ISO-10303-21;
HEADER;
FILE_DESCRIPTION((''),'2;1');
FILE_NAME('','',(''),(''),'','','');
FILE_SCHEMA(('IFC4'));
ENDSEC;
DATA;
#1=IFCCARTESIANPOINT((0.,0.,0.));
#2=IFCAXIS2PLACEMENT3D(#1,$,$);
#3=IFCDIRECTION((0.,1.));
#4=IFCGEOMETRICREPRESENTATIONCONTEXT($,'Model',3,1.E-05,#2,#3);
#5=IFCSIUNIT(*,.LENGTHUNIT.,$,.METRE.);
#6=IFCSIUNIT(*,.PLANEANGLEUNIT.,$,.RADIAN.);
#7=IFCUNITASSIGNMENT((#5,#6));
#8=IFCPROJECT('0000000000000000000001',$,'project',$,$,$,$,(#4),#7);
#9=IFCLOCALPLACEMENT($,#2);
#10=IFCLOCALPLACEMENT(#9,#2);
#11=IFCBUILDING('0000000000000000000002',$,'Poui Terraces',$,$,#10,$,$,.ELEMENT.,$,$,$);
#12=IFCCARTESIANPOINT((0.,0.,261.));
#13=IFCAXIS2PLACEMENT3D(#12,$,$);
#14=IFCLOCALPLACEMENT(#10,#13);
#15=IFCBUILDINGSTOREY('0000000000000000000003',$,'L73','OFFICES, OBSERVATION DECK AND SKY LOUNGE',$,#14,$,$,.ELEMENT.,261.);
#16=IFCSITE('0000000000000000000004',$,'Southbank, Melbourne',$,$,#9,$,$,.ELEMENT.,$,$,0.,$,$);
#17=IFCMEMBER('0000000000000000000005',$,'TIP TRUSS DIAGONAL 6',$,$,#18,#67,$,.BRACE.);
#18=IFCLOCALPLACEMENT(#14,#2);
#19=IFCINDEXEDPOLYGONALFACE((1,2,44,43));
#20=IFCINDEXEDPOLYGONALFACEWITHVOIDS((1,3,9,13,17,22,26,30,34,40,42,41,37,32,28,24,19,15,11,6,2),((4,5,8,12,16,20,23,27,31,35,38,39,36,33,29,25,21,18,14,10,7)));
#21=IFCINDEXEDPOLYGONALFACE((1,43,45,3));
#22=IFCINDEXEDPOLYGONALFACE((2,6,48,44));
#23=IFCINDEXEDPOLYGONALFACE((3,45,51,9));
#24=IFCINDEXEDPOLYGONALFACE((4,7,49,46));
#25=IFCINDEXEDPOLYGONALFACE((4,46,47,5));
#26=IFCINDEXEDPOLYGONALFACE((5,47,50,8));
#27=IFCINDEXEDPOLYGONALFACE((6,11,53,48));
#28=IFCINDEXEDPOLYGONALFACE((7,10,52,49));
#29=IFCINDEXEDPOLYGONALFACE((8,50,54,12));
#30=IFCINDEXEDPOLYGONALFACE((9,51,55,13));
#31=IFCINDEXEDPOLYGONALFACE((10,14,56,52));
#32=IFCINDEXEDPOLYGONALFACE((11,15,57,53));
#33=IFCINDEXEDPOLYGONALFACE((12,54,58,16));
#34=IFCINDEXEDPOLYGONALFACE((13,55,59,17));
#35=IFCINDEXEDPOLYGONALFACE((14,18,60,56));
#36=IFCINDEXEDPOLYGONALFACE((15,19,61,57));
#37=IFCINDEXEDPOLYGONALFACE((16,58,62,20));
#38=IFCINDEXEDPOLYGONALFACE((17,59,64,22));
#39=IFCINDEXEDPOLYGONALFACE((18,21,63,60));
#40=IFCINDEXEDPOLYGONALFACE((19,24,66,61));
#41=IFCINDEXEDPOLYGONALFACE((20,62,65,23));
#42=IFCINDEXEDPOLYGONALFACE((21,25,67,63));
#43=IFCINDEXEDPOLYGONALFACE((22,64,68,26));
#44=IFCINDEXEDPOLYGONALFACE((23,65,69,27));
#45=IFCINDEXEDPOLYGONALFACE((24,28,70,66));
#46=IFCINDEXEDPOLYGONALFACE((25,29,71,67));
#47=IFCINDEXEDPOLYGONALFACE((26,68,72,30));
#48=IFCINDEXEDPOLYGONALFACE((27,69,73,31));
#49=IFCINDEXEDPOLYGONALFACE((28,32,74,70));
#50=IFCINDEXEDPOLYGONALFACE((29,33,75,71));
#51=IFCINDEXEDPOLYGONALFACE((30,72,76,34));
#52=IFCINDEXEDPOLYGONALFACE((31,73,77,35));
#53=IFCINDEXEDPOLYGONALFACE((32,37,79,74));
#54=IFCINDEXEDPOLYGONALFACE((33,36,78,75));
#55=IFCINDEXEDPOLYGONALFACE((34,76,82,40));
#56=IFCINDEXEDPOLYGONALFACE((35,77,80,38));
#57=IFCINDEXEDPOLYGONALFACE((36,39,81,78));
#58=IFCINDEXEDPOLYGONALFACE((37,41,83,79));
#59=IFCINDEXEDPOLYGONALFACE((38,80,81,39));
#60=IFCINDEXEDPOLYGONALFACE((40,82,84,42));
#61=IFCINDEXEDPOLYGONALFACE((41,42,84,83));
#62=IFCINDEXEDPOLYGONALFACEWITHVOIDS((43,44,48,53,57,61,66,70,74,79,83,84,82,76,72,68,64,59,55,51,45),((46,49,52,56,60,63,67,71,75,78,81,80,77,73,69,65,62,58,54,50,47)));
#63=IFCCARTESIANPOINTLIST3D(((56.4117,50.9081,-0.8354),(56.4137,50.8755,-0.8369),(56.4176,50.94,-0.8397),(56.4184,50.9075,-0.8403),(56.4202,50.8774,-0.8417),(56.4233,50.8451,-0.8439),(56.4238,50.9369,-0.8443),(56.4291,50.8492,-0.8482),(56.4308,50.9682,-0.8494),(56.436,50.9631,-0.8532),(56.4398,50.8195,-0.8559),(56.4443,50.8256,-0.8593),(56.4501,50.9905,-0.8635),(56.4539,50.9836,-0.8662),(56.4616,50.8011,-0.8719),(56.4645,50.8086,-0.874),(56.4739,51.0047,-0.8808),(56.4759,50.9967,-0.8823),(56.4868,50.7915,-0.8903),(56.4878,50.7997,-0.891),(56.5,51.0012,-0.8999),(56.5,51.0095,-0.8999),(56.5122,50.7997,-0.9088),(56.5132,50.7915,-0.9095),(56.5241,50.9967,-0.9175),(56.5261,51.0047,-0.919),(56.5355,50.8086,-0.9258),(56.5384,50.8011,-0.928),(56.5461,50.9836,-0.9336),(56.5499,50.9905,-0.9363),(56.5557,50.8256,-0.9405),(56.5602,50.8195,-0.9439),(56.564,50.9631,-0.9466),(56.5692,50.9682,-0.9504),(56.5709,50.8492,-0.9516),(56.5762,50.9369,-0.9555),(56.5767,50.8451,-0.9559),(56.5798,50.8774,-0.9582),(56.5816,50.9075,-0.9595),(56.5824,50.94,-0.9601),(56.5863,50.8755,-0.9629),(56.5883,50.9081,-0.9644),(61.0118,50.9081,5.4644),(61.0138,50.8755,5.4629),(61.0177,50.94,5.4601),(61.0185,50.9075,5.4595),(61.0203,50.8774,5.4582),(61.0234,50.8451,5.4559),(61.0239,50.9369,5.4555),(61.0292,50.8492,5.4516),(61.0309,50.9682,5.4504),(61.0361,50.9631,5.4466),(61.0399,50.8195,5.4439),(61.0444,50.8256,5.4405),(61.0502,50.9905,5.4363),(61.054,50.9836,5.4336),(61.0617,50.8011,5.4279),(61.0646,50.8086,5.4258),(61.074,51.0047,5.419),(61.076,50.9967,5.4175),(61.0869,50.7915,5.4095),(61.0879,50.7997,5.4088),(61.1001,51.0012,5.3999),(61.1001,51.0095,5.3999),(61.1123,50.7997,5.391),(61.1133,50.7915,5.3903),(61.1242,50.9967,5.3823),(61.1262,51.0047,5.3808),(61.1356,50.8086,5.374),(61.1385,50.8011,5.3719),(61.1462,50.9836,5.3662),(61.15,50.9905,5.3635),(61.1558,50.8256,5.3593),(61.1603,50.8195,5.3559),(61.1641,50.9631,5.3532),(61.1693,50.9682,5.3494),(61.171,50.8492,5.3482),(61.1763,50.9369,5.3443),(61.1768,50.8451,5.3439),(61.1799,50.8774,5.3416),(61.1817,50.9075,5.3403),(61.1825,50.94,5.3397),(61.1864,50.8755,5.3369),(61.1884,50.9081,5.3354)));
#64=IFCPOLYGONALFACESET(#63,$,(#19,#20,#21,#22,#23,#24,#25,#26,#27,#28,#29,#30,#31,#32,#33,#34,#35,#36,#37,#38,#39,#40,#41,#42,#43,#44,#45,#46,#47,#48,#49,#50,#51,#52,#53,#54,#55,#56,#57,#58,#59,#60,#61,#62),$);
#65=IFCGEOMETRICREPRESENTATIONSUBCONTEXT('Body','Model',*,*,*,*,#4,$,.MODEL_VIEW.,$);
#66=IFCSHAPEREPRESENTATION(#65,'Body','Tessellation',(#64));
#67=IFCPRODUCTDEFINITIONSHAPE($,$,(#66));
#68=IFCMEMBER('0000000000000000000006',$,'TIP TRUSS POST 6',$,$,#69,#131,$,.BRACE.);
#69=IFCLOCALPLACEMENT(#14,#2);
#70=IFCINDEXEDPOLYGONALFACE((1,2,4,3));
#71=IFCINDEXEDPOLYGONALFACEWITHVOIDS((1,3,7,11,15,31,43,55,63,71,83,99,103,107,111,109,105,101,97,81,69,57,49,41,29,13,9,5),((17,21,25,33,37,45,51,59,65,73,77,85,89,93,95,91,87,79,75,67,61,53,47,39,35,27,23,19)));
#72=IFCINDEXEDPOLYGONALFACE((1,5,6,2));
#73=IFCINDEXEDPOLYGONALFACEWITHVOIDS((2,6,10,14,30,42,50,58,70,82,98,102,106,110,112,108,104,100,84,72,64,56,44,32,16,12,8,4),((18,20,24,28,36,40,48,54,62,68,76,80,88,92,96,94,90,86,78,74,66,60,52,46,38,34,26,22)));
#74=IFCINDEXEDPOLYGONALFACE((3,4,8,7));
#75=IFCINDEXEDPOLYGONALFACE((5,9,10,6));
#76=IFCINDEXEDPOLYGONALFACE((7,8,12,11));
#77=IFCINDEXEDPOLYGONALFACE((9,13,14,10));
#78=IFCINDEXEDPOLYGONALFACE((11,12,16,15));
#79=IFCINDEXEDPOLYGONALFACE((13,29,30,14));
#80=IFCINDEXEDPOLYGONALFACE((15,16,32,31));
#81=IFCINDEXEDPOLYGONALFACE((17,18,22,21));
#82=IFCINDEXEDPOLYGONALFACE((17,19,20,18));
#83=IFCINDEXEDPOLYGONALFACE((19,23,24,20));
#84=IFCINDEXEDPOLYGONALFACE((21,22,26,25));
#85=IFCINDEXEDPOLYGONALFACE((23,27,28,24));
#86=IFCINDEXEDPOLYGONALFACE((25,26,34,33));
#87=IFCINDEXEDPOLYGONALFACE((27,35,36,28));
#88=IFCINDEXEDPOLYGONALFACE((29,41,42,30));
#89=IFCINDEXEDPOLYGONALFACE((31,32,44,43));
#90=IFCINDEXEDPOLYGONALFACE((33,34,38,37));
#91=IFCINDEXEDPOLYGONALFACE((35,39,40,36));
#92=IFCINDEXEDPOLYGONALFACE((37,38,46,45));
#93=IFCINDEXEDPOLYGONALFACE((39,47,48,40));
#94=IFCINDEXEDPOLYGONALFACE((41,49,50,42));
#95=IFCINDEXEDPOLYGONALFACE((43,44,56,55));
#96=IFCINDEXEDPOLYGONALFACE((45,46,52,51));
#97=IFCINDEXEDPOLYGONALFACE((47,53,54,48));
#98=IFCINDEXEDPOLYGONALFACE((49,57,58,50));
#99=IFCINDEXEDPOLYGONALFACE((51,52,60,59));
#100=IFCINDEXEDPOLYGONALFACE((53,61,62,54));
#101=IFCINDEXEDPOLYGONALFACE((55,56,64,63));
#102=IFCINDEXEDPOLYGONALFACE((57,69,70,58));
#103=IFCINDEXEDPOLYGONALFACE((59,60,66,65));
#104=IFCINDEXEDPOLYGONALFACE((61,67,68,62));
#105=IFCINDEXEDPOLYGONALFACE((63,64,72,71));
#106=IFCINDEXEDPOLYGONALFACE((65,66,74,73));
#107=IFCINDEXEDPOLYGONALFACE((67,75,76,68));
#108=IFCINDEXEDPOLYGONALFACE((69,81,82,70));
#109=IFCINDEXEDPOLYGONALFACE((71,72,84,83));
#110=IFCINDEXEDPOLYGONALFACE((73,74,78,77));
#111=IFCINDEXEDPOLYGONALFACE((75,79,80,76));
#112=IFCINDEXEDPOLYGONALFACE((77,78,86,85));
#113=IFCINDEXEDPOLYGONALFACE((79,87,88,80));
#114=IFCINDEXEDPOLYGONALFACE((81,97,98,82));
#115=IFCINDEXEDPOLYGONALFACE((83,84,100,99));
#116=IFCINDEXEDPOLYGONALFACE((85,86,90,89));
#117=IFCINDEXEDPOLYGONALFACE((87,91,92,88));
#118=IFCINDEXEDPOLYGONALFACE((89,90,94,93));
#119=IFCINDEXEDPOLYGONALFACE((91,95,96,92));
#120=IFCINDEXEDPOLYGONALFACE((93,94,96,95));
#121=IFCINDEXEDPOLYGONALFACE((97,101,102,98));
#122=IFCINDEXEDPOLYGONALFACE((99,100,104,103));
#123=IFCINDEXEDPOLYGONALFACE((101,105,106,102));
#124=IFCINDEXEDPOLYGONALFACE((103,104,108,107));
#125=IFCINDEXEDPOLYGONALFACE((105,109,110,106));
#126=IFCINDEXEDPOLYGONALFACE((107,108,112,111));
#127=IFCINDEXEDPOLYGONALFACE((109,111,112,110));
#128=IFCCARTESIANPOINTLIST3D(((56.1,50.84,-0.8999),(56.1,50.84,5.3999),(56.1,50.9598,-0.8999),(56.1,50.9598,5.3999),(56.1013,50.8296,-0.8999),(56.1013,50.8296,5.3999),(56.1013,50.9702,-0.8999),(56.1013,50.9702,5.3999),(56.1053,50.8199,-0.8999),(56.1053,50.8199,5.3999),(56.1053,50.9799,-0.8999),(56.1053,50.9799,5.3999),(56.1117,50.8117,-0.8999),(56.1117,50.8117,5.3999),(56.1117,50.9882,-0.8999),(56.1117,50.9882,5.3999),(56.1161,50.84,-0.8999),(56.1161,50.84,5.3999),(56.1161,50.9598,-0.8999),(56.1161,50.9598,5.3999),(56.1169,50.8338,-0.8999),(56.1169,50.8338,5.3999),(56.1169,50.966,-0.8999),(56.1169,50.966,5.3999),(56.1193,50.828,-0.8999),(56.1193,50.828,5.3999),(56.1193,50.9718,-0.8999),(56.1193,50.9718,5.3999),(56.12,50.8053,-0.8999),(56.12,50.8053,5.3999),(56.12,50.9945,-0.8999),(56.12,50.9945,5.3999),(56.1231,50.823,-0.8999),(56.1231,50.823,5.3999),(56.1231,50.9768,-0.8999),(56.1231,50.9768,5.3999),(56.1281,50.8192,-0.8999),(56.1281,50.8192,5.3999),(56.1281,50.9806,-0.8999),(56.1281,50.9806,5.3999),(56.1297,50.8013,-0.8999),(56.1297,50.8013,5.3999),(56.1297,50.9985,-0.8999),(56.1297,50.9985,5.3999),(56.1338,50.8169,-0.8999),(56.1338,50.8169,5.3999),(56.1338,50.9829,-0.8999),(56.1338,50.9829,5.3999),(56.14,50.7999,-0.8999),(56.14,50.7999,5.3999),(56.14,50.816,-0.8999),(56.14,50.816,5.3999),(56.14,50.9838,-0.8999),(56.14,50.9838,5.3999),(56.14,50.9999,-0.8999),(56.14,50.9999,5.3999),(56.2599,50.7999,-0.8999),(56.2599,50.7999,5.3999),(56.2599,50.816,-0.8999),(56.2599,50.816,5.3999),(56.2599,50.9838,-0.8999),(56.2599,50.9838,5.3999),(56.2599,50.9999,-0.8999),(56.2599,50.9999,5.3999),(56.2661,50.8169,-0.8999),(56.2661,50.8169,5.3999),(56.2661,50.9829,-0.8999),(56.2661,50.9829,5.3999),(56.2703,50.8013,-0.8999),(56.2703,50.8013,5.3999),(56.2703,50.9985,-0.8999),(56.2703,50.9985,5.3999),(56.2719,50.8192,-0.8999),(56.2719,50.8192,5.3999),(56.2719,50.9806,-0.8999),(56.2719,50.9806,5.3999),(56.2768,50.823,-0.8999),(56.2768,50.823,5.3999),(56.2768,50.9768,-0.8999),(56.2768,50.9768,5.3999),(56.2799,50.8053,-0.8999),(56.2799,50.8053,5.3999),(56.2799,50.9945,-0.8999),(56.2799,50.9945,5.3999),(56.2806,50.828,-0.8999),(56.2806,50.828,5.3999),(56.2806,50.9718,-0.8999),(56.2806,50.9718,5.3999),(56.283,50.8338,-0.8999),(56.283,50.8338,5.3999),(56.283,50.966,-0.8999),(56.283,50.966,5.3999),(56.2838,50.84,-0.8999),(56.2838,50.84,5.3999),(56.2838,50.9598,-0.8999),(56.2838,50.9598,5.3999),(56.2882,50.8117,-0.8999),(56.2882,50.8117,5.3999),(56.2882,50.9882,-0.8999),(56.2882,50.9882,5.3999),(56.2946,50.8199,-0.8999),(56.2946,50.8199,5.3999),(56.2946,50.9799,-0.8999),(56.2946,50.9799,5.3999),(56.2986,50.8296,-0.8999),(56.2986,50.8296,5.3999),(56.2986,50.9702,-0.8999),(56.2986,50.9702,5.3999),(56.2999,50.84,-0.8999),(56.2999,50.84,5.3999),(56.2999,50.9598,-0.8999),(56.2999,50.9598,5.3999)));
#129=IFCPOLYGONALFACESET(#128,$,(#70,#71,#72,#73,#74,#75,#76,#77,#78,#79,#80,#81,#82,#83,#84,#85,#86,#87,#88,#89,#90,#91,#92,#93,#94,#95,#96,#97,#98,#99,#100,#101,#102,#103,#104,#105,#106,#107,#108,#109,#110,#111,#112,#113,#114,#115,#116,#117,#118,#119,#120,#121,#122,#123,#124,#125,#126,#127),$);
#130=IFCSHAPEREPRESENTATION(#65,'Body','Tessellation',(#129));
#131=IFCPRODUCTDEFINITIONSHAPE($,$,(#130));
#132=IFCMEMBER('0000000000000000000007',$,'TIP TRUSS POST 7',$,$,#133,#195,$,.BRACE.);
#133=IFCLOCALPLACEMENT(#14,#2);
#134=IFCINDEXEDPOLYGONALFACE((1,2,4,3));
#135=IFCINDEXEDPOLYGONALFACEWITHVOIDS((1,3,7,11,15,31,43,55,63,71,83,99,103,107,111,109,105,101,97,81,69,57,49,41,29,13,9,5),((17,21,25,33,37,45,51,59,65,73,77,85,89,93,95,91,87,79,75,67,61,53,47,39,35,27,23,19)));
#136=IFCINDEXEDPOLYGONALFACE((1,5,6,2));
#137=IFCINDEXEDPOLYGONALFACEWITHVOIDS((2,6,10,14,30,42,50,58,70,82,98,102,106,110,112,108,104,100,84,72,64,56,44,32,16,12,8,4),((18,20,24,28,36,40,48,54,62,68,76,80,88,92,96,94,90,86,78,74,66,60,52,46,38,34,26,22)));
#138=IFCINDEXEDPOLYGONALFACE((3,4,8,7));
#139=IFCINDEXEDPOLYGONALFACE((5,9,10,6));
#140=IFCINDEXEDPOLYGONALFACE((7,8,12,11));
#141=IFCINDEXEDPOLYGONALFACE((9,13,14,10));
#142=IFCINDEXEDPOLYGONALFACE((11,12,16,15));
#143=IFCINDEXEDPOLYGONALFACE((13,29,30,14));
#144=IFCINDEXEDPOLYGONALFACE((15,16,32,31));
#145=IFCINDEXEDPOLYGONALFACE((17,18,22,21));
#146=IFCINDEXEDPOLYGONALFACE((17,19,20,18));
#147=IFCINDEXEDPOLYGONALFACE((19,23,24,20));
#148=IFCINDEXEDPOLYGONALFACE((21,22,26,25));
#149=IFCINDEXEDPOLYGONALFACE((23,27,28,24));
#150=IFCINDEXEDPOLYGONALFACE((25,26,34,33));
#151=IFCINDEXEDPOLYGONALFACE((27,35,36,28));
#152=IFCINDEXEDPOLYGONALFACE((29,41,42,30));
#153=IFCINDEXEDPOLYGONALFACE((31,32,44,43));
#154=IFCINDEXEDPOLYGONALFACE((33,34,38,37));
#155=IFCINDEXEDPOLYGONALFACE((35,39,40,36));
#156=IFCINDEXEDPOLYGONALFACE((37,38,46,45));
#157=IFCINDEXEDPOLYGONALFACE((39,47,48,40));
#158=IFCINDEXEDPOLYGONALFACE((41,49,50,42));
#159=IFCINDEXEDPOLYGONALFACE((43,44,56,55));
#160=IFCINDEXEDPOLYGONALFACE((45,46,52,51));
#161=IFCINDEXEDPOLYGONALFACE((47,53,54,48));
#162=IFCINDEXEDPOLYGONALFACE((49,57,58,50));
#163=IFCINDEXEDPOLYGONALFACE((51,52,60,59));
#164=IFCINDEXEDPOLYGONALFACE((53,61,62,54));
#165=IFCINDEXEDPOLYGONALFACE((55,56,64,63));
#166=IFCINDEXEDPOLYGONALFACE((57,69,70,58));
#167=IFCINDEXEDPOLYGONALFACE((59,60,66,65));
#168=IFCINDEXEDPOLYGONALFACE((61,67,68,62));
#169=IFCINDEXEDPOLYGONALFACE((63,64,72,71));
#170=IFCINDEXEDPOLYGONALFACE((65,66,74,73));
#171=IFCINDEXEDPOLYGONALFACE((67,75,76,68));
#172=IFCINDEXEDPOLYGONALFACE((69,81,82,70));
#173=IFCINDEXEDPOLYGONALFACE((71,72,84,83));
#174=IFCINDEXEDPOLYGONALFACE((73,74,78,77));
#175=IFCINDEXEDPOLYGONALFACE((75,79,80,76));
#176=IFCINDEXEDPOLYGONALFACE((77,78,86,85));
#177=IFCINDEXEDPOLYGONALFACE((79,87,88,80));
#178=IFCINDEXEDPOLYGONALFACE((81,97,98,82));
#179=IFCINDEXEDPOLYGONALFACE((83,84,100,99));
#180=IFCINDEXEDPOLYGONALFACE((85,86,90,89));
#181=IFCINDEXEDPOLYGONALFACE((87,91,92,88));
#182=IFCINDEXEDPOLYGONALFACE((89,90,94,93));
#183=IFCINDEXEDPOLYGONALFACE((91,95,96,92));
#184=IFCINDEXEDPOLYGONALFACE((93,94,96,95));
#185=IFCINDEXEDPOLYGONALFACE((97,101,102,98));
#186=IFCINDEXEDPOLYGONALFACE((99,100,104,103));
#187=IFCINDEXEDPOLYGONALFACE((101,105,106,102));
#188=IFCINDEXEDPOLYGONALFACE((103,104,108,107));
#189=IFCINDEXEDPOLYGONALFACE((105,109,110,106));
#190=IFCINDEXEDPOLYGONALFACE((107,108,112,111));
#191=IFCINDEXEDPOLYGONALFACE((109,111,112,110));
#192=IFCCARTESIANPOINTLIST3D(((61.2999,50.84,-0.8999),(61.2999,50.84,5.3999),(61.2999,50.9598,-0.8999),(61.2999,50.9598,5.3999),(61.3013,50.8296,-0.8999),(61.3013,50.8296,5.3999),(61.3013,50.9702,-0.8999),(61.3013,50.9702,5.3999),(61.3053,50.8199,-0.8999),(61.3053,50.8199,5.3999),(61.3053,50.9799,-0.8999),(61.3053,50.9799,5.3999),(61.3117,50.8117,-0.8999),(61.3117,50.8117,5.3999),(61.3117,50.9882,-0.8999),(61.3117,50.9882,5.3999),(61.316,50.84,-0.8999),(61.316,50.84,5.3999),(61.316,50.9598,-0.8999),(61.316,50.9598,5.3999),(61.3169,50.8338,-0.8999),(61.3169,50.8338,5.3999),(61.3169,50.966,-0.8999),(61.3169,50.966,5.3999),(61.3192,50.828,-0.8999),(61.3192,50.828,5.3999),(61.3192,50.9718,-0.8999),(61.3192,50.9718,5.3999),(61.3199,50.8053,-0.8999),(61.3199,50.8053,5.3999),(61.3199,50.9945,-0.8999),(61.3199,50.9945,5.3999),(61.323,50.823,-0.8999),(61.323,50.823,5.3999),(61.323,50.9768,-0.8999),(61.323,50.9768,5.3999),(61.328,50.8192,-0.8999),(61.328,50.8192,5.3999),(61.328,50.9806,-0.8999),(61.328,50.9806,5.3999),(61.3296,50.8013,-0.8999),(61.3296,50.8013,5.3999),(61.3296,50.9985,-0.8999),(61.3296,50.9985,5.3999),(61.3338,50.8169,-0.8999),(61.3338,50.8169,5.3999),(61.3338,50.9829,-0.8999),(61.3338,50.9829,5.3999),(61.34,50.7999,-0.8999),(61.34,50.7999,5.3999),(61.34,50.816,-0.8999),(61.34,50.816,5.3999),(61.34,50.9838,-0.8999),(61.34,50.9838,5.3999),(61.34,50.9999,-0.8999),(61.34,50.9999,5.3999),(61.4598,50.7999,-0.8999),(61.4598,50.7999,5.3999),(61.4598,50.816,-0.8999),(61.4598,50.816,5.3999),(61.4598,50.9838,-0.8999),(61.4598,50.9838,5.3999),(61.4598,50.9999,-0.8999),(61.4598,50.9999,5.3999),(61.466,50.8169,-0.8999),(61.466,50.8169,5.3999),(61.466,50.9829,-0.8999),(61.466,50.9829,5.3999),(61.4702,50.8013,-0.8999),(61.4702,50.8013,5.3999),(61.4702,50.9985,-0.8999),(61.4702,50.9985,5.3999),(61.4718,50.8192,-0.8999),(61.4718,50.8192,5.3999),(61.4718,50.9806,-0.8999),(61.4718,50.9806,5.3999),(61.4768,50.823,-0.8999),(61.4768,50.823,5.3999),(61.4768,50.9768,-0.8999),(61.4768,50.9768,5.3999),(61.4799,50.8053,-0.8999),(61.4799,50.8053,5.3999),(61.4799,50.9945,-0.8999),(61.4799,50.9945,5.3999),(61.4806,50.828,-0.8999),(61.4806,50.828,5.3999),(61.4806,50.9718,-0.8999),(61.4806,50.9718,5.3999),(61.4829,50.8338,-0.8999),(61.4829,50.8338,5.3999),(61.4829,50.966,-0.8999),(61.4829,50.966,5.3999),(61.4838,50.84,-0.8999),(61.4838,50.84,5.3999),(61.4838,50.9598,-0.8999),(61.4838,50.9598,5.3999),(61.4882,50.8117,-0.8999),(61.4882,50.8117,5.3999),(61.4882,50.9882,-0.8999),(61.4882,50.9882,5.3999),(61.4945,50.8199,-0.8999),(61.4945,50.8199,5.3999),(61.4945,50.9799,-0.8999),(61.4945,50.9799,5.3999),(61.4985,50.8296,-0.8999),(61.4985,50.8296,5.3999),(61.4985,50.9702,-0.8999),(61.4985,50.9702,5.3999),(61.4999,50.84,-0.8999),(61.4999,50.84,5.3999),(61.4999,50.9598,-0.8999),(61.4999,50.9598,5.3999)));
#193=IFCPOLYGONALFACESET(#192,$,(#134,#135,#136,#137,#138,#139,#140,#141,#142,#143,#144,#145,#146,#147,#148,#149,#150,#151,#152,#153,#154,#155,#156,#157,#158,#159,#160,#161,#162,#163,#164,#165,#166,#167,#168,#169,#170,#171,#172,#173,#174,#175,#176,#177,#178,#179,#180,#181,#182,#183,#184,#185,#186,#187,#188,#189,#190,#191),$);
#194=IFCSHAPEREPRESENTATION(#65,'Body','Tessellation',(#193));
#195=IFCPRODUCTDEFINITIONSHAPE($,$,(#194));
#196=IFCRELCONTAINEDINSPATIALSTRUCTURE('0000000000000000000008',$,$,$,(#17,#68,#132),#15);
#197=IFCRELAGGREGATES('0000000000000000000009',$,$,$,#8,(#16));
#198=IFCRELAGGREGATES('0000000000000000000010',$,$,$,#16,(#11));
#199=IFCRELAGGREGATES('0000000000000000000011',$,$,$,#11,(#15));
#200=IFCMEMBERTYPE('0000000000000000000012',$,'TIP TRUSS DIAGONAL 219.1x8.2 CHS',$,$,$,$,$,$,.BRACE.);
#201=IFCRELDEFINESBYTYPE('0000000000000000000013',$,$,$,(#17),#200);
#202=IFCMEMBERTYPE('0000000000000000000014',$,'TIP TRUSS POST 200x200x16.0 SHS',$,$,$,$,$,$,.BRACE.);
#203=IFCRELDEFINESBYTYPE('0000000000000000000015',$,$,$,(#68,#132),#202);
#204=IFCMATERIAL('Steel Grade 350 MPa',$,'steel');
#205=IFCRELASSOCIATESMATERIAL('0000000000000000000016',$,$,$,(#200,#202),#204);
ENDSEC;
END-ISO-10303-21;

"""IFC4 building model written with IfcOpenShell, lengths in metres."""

from ifc_helpers import new_model, si_unit, direction, frame, origin, origin_2d, place, context, subcontext, project, spatial, hollow_rectangle, hollow_circle, extrude, material, material_profile, profile_set, type_object, element, save


model = new_model("IFC4")

# Units and contexts
model_context = context("Model", 3, precision=1e-05, world=origin(), true_north=direction((0.0, 1.0)))
body_context = subcontext(model_context, "Body", "Model", "MODEL_VIEW")
ifc_project = project(units=[si_unit("LENGTHUNIT", "METRE"), si_unit("PLANEANGLEUNIT", "RADIAN")], contexts=[model_context])

# Site, building, storey
site_placement = place(None, origin())
site = spatial("IfcSite", under=ifc_project, at=site_placement, Name="Southbank, Melbourne", CompositionType="ELEMENT", RefElevation=0.0)
building_placement = place(site_placement, origin())
building = spatial("IfcBuilding", under=site, at=building_placement, Name="Poui Terraces", CompositionType="ELEMENT")
storey_placement = place(building_placement, frame((0.0, 0.0, 261.0)))
storey = spatial("IfcBuildingStorey", under=building, at=storey_placement, Name="L73", Description="OFFICES, OBSERVATION DECK AND SKY LOUNGE", CompositionType="ELEMENT", Elevation=261.0)

# Members
ifc_material_1 = material(Name="Steel Grade 350 MPa", Category="steel")
ifc_material_profile_1 = material_profile(ifc_material_1, hollow_circle(Radius=0.1096, WallThickness=0.0083, at=origin_2d()), Name="219.1x8.2 CHS")
ifc_profile_set_1 = profile_set([ifc_material_profile_1], Name="Steel Grade 350 MPa")
member_type_1 = type_object("IfcMemberType", Name="TIP TRUSS DIAGONAL 219.1x8.2 CHS", PredefinedType="BRACE", material=ifc_profile_set_1)
member_1_placement = place(storey_placement, frame((56.5, 50.8999, -0.8999), z_axis=(0.589715, 0.0, 0.807611), x_axis=(0.0, 1.0, 0.0)))
element("IfcMember", 1, at=member_1_placement, inside=storey, type_object=member_type_1, Name="TIP TRUSS DIAGONAL 6", PredefinedType="BRACE", context=body_context, shape_type="SweptSolid", body=[
    extrude(hollow_circle(Radius=0.1096, WallThickness=0.0083, at=origin_2d()), origin(), (0.0, 0.0, 1.0), 7.8005),
])
ifc_material_profile_2 = material_profile(ifc_material_1, hollow_rectangle(XDim=0.2, YDim=0.2, WallThickness=0.0161, InnerFilletRadius=0.0239, OuterFilletRadius=0.04, at=origin_2d()), Name="200x200x16.0 SHS")
ifc_profile_set_2 = profile_set([ifc_material_profile_2], Name="Steel Grade 350 MPa")
member_type_2 = type_object("IfcMemberType", Name="TIP TRUSS POST 200x200x16.0 SHS", PredefinedType="BRACE", material=ifc_profile_set_2)
for number, where, z_axis, x_axis, name in (
    (2, (56.2, 50.8999, -0.8999), (0.0, 0.0, 1.0), (1.0, 0.0, 0.0), "TIP TRUSS POST 6"),
    (3, (61.3999, 50.8999, -0.8999), (0.0, 0.0, 1.0), (1.0, 0.0, 0.0), "TIP TRUSS POST 7"),
):
    element("IfcMember", number, at=place(storey_placement, frame(where, z_axis=z_axis, x_axis=x_axis)), inside=storey, type_object=member_type_2, Name=name, PredefinedType="BRACE", context=body_context, shape_type="SweptSolid", body=[
        extrude(hollow_rectangle(XDim=0.2, YDim=0.2, WallThickness=0.0161, InnerFilletRadius=0.0239, OuterFilletRadius=0.04, at=origin_2d()), origin(), (0.0, 0.0, 1.0), 6.2998),
    ])

save(model, "model.ifc")
